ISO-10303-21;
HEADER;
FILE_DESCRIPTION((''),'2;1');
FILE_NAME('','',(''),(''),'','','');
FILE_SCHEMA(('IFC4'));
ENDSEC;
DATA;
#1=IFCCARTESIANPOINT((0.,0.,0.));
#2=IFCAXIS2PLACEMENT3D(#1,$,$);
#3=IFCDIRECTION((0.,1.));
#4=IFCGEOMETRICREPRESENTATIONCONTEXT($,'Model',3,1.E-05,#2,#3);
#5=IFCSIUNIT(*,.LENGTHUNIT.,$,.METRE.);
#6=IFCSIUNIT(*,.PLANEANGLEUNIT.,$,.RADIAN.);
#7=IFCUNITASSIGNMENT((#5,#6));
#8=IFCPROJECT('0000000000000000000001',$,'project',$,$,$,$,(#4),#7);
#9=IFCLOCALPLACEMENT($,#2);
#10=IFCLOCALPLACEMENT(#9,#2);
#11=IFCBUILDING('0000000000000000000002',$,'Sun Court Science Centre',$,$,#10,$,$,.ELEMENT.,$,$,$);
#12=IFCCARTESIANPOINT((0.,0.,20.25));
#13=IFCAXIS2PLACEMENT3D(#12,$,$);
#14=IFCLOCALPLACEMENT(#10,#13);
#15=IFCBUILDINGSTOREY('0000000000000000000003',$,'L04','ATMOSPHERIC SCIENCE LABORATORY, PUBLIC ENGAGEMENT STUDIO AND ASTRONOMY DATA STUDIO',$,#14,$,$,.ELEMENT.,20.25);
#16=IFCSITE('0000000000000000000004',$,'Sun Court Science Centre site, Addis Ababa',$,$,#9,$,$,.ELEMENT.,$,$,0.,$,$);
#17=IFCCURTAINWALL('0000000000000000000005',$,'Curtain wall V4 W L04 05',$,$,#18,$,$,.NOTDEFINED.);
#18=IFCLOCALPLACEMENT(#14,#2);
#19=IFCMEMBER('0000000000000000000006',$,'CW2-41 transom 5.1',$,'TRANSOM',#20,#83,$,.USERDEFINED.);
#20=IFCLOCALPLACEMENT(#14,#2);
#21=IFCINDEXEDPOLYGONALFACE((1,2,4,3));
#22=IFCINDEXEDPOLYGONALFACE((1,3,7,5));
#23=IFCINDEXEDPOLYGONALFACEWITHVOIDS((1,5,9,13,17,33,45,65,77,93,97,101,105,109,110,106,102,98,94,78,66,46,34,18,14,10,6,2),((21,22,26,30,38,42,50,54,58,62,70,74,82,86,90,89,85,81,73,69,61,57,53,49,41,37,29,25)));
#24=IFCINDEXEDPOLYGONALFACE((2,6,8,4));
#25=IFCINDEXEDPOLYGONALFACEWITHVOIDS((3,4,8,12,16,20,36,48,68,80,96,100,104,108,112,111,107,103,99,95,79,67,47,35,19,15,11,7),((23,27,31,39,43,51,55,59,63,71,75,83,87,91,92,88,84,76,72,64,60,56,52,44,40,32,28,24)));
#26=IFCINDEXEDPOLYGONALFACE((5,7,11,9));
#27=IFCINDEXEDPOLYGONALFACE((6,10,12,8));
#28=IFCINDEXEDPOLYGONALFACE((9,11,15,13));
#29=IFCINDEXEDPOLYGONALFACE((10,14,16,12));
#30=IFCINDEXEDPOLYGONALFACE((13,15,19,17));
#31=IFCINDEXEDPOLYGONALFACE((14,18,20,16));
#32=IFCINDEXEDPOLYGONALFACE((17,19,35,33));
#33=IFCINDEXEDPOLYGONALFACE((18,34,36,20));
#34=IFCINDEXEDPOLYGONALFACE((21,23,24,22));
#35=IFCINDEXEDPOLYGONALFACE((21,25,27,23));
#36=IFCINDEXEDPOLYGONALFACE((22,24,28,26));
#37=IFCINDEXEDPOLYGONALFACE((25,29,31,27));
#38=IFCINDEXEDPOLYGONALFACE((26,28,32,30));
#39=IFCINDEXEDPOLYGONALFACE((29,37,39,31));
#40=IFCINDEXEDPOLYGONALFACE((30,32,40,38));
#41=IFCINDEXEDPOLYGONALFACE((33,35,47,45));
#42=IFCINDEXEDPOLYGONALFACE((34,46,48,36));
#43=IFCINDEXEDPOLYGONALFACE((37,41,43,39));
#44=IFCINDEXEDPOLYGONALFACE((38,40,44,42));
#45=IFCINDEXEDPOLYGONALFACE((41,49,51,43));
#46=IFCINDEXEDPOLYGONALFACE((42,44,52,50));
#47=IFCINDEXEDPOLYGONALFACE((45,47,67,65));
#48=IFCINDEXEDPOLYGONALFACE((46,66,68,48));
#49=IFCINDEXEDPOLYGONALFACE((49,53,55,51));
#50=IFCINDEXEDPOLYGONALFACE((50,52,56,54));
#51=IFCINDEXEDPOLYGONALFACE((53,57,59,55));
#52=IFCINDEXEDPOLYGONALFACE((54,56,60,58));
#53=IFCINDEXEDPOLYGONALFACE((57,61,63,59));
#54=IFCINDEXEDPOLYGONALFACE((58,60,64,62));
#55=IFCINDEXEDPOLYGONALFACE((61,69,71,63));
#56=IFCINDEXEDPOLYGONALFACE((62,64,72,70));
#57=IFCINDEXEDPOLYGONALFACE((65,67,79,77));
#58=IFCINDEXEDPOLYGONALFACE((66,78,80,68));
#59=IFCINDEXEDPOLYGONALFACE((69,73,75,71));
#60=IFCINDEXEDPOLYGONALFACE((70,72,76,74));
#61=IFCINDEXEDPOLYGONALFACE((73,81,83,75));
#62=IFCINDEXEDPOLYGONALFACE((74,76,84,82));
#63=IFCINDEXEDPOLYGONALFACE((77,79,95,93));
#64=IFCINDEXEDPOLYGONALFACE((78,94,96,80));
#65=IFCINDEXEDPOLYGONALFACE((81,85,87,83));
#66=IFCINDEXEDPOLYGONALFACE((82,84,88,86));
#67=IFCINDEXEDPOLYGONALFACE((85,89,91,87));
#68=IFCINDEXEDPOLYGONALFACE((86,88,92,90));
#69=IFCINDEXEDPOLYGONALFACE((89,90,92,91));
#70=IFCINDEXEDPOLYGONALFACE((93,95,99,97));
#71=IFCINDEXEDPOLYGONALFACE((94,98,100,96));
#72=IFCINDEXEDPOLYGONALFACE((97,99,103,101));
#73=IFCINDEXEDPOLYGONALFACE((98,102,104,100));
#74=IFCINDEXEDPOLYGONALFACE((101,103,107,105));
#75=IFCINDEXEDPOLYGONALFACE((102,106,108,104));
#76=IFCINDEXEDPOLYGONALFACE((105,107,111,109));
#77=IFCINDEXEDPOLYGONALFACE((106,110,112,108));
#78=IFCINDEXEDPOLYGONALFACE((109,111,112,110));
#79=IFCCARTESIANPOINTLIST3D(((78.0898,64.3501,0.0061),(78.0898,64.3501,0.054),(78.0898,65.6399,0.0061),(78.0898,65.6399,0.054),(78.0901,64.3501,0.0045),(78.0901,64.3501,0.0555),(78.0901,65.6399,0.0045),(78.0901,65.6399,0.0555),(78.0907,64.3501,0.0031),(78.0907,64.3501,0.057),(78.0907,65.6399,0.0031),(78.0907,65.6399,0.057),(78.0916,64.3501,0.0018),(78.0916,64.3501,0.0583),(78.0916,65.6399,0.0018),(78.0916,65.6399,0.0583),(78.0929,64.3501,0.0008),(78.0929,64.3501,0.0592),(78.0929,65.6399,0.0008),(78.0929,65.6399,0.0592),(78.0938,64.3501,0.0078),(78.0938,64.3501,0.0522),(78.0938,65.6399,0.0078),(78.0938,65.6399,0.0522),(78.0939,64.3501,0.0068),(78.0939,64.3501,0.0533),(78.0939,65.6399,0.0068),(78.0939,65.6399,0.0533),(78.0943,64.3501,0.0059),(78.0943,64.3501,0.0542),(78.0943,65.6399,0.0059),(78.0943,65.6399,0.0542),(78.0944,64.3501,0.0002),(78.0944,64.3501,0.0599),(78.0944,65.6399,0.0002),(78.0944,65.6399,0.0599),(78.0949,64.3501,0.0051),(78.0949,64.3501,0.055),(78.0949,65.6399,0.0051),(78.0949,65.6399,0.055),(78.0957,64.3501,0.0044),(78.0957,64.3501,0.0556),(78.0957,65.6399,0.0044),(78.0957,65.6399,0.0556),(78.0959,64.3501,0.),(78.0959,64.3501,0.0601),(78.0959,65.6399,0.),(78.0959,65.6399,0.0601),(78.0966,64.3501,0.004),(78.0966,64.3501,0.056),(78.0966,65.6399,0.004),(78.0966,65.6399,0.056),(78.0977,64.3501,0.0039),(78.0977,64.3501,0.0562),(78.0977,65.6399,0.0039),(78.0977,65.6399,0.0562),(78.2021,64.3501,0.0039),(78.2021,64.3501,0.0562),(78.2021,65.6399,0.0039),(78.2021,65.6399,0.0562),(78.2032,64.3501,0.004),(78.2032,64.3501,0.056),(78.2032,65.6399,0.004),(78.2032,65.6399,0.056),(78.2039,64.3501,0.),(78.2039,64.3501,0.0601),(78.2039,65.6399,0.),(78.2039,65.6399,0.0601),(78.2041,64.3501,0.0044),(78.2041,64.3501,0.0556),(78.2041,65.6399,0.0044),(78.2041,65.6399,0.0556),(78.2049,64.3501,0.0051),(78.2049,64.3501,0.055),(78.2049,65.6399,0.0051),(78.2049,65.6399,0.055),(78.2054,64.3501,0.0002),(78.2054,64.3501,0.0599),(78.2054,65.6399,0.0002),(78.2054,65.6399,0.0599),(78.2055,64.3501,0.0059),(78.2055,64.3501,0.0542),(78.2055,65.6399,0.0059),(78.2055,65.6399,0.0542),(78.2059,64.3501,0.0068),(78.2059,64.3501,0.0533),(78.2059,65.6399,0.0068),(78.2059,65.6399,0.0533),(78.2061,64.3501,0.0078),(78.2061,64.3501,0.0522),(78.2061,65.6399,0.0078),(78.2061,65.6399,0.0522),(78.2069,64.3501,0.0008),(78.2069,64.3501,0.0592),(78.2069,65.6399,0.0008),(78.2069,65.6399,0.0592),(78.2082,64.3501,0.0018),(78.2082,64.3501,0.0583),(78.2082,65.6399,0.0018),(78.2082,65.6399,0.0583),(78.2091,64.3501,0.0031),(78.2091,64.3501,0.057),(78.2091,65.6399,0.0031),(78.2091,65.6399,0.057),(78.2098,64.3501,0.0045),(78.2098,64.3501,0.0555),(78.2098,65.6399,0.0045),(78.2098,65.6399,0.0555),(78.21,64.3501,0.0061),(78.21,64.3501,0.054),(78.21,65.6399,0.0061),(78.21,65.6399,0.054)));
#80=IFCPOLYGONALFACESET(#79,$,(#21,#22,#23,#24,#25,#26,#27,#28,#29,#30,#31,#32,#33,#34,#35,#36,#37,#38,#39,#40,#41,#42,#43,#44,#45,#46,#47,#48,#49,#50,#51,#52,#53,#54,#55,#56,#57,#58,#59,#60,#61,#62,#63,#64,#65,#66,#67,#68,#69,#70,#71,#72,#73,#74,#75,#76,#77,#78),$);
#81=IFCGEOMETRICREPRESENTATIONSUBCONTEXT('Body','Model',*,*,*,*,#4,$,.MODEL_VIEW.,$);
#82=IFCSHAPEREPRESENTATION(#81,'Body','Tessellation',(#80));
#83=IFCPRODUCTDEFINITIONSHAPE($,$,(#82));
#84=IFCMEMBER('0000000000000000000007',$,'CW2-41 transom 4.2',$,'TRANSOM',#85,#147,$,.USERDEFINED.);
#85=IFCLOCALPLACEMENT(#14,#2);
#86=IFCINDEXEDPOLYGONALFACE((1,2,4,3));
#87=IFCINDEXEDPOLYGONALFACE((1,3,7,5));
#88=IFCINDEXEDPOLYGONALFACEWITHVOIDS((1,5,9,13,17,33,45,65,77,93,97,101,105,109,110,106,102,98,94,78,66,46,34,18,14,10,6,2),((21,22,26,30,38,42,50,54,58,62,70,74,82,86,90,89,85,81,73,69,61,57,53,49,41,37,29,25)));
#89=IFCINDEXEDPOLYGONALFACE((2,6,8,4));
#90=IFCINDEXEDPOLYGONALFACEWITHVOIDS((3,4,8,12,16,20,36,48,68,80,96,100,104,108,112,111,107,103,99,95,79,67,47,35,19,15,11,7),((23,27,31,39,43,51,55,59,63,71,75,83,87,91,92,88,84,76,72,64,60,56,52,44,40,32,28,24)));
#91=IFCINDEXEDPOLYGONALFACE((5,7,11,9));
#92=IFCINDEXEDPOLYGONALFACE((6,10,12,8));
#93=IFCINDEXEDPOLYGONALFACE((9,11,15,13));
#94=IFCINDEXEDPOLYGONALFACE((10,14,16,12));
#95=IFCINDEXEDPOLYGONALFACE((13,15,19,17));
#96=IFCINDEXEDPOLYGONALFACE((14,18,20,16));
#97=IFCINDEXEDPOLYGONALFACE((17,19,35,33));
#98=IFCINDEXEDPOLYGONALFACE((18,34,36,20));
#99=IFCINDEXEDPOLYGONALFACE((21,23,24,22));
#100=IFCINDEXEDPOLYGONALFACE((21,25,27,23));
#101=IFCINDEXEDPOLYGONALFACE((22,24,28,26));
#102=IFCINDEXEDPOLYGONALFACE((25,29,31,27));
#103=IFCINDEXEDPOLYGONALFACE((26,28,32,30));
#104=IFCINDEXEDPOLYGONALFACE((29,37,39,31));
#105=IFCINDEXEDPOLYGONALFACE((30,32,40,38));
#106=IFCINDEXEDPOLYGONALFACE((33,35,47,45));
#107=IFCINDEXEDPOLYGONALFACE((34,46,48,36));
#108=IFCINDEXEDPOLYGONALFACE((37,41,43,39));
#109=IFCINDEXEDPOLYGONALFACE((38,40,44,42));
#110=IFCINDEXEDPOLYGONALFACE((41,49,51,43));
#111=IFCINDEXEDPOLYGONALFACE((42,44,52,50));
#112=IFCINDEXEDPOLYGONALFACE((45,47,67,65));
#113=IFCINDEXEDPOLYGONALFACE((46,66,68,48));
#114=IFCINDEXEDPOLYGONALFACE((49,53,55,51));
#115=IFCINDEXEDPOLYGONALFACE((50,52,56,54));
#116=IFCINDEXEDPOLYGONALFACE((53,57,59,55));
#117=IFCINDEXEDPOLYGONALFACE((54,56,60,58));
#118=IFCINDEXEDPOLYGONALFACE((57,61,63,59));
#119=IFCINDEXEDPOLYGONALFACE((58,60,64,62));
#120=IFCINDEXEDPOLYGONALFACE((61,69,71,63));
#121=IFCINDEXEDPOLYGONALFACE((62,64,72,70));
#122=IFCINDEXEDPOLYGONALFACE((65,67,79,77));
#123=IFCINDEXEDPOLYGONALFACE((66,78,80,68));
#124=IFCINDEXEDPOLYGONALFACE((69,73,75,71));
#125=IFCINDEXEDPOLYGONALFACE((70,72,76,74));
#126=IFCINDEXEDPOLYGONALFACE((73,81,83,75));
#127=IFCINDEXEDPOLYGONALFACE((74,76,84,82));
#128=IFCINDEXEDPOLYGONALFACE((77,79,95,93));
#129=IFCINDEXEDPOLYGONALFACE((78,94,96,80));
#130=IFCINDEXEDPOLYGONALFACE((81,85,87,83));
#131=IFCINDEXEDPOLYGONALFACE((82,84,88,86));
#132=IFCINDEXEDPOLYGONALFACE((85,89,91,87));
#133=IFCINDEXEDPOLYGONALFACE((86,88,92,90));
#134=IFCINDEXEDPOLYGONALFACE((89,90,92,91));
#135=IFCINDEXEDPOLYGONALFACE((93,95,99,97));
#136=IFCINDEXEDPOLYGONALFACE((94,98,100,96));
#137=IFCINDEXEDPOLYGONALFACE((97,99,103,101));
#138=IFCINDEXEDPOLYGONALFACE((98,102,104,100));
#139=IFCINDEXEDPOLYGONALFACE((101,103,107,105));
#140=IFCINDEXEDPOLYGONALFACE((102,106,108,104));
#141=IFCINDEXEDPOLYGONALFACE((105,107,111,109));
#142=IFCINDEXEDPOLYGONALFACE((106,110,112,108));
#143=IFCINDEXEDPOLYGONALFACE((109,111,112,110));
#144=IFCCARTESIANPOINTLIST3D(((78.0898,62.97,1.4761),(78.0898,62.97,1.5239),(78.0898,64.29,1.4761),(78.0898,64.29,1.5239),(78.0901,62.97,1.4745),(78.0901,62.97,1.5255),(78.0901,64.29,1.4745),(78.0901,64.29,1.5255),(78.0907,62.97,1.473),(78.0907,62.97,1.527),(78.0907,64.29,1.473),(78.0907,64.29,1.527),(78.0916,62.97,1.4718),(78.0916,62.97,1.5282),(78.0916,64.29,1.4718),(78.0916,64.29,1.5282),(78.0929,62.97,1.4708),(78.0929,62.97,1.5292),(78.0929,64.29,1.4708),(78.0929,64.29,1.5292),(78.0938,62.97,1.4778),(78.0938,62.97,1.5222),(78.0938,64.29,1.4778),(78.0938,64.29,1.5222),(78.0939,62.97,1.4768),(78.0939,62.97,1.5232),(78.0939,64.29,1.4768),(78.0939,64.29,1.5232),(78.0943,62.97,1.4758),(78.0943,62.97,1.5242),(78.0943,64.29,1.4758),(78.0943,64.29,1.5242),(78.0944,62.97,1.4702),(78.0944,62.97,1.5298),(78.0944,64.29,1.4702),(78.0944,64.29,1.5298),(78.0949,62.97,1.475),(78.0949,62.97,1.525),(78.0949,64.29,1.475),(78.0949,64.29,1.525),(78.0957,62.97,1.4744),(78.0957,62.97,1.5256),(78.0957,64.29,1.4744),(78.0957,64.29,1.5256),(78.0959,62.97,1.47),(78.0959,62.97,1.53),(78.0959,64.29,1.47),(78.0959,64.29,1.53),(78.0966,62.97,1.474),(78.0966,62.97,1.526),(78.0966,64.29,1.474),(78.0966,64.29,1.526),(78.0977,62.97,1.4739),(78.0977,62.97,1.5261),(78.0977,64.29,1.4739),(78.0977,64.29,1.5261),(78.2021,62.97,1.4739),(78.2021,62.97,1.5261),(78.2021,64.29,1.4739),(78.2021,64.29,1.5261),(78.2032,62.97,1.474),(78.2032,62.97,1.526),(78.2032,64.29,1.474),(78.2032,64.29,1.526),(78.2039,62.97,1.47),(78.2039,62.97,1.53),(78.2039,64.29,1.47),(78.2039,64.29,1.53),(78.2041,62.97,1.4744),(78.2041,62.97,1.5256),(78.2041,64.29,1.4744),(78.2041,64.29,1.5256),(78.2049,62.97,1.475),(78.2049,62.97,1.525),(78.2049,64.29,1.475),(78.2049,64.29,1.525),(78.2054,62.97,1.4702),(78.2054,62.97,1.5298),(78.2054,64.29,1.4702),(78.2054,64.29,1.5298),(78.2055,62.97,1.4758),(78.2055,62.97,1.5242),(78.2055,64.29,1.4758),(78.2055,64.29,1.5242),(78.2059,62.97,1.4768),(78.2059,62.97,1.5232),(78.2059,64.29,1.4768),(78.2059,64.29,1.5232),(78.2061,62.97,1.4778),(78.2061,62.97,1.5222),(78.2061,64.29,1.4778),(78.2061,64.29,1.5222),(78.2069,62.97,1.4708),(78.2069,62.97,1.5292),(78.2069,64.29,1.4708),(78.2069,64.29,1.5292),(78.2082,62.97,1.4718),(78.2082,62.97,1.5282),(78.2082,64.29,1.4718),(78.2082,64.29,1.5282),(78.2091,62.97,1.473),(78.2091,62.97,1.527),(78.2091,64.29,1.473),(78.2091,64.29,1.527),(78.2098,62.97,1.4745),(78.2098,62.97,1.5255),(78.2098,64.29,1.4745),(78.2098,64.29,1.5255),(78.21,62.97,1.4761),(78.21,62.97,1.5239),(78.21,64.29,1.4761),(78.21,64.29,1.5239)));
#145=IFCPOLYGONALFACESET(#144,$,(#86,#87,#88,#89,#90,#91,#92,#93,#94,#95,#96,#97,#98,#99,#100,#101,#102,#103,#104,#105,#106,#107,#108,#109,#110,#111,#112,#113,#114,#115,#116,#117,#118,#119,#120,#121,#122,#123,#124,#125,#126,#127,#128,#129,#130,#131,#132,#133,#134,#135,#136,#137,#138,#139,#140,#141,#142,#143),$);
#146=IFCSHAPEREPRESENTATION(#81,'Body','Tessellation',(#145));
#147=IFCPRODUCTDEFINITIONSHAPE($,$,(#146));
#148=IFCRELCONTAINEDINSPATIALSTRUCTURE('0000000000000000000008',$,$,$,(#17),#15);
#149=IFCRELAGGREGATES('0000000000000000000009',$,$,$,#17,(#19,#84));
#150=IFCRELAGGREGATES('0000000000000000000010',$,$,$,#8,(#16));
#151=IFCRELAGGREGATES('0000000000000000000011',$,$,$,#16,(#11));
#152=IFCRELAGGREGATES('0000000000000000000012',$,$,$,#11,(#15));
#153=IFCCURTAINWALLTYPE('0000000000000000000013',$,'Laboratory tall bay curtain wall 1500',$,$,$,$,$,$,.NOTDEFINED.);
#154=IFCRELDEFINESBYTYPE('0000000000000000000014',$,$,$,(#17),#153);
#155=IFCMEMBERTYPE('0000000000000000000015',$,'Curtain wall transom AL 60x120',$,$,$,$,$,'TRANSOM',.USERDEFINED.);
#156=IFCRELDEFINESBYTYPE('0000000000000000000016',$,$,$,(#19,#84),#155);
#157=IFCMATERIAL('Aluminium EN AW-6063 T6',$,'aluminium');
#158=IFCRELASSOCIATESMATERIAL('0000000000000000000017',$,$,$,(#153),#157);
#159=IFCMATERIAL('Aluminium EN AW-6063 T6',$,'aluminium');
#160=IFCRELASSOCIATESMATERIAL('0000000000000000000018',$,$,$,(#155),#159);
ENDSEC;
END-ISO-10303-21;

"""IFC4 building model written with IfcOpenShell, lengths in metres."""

from ifc_helpers import new_model, si_unit, direction, frame, origin, origin_2d, place, context, subcontext, project, spatial, hollow_rectangle, extrude, material, material_profile, profile_set, type_object, element, aggregate, save


model = new_model("IFC4")

# Units and contexts
model_context = context("Model", 3, precision=1e-05, world=origin(), true_north=direction((0.0, 1.0)))
body_context = subcontext(model_context, "Body", "Model", "MODEL_VIEW")
ifc_project = project(units=[si_unit("LENGTHUNIT", "METRE"), si_unit("PLANEANGLEUNIT", "RADIAN")], contexts=[model_context])

# Site, building, storey
site_placement = place(None, origin())
site = spatial("IfcSite", under=ifc_project, at=site_placement, Name="Sun Court Science Centre site, Addis Ababa", CompositionType="ELEMENT", RefElevation=0.0)
building_placement = place(site_placement, origin())
building = spatial("IfcBuilding", under=site, at=building_placement, Name="Sun Court Science Centre", CompositionType="ELEMENT")
storey_placement = place(building_placement, frame((0.0, 0.0, 20.25)))
storey = spatial("IfcBuildingStorey", under=building, at=storey_placement, Name="L04", Description="ATMOSPHERIC SCIENCE LABORATORY, PUBLIC ENGAGEMENT STUDIO AND ASTRONOMY DATA STUDIO", CompositionType="ELEMENT", Elevation=20.25)

# Curtain wall
ifc_material_1 = material(Name="Aluminium EN AW-6063 T6", Category="aluminium")
curtain_wall_type = type_object("IfcCurtainWallType", Name="Laboratory tall bay curtain wall 1500", PredefinedType="NOTDEFINED", material=ifc_material_1)
curtain_wall_1_placement = place(storey_placement, origin())
curtain_wall_1 = element("IfcCurtainWall", 1, at=curtain_wall_1_placement, inside=storey, type_object=curtain_wall_type, Name="Curtain wall V4 W L04 05", PredefinedType="NOTDEFINED")

# Members
ifc_material_2 = material(Name="Aluminium EN AW-6063 T6", Category="aluminium")
ifc_material_profile_1 = material_profile(ifc_material_2, hollow_rectangle(XDim=0.0601, YDim=0.1201, WallThickness=0.0039, InnerFilletRadius=0.0039, OuterFilletRadius=0.0061, at=origin_2d()), Name="AL 60x120x4")
ifc_profile_set_1 = profile_set([ifc_material_profile_1], Name="Aluminium EN AW-6063 T6")
member_type_1 = type_object("IfcMemberType", Name="Curtain wall transom AL 60x120", ElementType="TRANSOM", PredefinedType="USERDEFINED", material=ifc_profile_set_1)
member_1_placement = place(storey_placement, frame((78.1499, 64.3501, 0.03), z_axis=(0.0, 1.0, 0.0), x_axis=(0.0, 0.0, 1.0)))
member_1 = element("IfcMember", 2, at=member_1_placement, type_object=member_type_1, Name="CW2-41 transom 5.1", ObjectType="TRANSOM", PredefinedType="USERDEFINED", context=body_context, shape_type="SweptSolid", body=[
    extrude(hollow_rectangle(XDim=0.0601, YDim=0.1201, WallThickness=0.0039, InnerFilletRadius=0.0039, OuterFilletRadius=0.0061, at=origin_2d()), origin(), (0.0, 0.0, 1.0), 1.2898),
])
member_2_placement = place(storey_placement, frame((78.1499, 62.97, 1.5), z_axis=(0.0, 1.0, 0.0), x_axis=(0.0, 0.0, 1.0)))
member_2 = element("IfcMember", 3, at=member_2_placement, type_object=member_type_1, Name="CW2-41 transom 4.2", ObjectType="TRANSOM", PredefinedType="USERDEFINED", context=body_context, shape_type="SweptSolid", body=[
    extrude(hollow_rectangle(XDim=0.0601, YDim=0.1201, WallThickness=0.0039, InnerFilletRadius=0.0039, OuterFilletRadius=0.0061, at=origin_2d()), origin(), (0.0, 0.0, 1.0), 1.3201),
])

aggregate(curtain_wall_1, [member_1, member_2])

save(model, "model.ifc")
